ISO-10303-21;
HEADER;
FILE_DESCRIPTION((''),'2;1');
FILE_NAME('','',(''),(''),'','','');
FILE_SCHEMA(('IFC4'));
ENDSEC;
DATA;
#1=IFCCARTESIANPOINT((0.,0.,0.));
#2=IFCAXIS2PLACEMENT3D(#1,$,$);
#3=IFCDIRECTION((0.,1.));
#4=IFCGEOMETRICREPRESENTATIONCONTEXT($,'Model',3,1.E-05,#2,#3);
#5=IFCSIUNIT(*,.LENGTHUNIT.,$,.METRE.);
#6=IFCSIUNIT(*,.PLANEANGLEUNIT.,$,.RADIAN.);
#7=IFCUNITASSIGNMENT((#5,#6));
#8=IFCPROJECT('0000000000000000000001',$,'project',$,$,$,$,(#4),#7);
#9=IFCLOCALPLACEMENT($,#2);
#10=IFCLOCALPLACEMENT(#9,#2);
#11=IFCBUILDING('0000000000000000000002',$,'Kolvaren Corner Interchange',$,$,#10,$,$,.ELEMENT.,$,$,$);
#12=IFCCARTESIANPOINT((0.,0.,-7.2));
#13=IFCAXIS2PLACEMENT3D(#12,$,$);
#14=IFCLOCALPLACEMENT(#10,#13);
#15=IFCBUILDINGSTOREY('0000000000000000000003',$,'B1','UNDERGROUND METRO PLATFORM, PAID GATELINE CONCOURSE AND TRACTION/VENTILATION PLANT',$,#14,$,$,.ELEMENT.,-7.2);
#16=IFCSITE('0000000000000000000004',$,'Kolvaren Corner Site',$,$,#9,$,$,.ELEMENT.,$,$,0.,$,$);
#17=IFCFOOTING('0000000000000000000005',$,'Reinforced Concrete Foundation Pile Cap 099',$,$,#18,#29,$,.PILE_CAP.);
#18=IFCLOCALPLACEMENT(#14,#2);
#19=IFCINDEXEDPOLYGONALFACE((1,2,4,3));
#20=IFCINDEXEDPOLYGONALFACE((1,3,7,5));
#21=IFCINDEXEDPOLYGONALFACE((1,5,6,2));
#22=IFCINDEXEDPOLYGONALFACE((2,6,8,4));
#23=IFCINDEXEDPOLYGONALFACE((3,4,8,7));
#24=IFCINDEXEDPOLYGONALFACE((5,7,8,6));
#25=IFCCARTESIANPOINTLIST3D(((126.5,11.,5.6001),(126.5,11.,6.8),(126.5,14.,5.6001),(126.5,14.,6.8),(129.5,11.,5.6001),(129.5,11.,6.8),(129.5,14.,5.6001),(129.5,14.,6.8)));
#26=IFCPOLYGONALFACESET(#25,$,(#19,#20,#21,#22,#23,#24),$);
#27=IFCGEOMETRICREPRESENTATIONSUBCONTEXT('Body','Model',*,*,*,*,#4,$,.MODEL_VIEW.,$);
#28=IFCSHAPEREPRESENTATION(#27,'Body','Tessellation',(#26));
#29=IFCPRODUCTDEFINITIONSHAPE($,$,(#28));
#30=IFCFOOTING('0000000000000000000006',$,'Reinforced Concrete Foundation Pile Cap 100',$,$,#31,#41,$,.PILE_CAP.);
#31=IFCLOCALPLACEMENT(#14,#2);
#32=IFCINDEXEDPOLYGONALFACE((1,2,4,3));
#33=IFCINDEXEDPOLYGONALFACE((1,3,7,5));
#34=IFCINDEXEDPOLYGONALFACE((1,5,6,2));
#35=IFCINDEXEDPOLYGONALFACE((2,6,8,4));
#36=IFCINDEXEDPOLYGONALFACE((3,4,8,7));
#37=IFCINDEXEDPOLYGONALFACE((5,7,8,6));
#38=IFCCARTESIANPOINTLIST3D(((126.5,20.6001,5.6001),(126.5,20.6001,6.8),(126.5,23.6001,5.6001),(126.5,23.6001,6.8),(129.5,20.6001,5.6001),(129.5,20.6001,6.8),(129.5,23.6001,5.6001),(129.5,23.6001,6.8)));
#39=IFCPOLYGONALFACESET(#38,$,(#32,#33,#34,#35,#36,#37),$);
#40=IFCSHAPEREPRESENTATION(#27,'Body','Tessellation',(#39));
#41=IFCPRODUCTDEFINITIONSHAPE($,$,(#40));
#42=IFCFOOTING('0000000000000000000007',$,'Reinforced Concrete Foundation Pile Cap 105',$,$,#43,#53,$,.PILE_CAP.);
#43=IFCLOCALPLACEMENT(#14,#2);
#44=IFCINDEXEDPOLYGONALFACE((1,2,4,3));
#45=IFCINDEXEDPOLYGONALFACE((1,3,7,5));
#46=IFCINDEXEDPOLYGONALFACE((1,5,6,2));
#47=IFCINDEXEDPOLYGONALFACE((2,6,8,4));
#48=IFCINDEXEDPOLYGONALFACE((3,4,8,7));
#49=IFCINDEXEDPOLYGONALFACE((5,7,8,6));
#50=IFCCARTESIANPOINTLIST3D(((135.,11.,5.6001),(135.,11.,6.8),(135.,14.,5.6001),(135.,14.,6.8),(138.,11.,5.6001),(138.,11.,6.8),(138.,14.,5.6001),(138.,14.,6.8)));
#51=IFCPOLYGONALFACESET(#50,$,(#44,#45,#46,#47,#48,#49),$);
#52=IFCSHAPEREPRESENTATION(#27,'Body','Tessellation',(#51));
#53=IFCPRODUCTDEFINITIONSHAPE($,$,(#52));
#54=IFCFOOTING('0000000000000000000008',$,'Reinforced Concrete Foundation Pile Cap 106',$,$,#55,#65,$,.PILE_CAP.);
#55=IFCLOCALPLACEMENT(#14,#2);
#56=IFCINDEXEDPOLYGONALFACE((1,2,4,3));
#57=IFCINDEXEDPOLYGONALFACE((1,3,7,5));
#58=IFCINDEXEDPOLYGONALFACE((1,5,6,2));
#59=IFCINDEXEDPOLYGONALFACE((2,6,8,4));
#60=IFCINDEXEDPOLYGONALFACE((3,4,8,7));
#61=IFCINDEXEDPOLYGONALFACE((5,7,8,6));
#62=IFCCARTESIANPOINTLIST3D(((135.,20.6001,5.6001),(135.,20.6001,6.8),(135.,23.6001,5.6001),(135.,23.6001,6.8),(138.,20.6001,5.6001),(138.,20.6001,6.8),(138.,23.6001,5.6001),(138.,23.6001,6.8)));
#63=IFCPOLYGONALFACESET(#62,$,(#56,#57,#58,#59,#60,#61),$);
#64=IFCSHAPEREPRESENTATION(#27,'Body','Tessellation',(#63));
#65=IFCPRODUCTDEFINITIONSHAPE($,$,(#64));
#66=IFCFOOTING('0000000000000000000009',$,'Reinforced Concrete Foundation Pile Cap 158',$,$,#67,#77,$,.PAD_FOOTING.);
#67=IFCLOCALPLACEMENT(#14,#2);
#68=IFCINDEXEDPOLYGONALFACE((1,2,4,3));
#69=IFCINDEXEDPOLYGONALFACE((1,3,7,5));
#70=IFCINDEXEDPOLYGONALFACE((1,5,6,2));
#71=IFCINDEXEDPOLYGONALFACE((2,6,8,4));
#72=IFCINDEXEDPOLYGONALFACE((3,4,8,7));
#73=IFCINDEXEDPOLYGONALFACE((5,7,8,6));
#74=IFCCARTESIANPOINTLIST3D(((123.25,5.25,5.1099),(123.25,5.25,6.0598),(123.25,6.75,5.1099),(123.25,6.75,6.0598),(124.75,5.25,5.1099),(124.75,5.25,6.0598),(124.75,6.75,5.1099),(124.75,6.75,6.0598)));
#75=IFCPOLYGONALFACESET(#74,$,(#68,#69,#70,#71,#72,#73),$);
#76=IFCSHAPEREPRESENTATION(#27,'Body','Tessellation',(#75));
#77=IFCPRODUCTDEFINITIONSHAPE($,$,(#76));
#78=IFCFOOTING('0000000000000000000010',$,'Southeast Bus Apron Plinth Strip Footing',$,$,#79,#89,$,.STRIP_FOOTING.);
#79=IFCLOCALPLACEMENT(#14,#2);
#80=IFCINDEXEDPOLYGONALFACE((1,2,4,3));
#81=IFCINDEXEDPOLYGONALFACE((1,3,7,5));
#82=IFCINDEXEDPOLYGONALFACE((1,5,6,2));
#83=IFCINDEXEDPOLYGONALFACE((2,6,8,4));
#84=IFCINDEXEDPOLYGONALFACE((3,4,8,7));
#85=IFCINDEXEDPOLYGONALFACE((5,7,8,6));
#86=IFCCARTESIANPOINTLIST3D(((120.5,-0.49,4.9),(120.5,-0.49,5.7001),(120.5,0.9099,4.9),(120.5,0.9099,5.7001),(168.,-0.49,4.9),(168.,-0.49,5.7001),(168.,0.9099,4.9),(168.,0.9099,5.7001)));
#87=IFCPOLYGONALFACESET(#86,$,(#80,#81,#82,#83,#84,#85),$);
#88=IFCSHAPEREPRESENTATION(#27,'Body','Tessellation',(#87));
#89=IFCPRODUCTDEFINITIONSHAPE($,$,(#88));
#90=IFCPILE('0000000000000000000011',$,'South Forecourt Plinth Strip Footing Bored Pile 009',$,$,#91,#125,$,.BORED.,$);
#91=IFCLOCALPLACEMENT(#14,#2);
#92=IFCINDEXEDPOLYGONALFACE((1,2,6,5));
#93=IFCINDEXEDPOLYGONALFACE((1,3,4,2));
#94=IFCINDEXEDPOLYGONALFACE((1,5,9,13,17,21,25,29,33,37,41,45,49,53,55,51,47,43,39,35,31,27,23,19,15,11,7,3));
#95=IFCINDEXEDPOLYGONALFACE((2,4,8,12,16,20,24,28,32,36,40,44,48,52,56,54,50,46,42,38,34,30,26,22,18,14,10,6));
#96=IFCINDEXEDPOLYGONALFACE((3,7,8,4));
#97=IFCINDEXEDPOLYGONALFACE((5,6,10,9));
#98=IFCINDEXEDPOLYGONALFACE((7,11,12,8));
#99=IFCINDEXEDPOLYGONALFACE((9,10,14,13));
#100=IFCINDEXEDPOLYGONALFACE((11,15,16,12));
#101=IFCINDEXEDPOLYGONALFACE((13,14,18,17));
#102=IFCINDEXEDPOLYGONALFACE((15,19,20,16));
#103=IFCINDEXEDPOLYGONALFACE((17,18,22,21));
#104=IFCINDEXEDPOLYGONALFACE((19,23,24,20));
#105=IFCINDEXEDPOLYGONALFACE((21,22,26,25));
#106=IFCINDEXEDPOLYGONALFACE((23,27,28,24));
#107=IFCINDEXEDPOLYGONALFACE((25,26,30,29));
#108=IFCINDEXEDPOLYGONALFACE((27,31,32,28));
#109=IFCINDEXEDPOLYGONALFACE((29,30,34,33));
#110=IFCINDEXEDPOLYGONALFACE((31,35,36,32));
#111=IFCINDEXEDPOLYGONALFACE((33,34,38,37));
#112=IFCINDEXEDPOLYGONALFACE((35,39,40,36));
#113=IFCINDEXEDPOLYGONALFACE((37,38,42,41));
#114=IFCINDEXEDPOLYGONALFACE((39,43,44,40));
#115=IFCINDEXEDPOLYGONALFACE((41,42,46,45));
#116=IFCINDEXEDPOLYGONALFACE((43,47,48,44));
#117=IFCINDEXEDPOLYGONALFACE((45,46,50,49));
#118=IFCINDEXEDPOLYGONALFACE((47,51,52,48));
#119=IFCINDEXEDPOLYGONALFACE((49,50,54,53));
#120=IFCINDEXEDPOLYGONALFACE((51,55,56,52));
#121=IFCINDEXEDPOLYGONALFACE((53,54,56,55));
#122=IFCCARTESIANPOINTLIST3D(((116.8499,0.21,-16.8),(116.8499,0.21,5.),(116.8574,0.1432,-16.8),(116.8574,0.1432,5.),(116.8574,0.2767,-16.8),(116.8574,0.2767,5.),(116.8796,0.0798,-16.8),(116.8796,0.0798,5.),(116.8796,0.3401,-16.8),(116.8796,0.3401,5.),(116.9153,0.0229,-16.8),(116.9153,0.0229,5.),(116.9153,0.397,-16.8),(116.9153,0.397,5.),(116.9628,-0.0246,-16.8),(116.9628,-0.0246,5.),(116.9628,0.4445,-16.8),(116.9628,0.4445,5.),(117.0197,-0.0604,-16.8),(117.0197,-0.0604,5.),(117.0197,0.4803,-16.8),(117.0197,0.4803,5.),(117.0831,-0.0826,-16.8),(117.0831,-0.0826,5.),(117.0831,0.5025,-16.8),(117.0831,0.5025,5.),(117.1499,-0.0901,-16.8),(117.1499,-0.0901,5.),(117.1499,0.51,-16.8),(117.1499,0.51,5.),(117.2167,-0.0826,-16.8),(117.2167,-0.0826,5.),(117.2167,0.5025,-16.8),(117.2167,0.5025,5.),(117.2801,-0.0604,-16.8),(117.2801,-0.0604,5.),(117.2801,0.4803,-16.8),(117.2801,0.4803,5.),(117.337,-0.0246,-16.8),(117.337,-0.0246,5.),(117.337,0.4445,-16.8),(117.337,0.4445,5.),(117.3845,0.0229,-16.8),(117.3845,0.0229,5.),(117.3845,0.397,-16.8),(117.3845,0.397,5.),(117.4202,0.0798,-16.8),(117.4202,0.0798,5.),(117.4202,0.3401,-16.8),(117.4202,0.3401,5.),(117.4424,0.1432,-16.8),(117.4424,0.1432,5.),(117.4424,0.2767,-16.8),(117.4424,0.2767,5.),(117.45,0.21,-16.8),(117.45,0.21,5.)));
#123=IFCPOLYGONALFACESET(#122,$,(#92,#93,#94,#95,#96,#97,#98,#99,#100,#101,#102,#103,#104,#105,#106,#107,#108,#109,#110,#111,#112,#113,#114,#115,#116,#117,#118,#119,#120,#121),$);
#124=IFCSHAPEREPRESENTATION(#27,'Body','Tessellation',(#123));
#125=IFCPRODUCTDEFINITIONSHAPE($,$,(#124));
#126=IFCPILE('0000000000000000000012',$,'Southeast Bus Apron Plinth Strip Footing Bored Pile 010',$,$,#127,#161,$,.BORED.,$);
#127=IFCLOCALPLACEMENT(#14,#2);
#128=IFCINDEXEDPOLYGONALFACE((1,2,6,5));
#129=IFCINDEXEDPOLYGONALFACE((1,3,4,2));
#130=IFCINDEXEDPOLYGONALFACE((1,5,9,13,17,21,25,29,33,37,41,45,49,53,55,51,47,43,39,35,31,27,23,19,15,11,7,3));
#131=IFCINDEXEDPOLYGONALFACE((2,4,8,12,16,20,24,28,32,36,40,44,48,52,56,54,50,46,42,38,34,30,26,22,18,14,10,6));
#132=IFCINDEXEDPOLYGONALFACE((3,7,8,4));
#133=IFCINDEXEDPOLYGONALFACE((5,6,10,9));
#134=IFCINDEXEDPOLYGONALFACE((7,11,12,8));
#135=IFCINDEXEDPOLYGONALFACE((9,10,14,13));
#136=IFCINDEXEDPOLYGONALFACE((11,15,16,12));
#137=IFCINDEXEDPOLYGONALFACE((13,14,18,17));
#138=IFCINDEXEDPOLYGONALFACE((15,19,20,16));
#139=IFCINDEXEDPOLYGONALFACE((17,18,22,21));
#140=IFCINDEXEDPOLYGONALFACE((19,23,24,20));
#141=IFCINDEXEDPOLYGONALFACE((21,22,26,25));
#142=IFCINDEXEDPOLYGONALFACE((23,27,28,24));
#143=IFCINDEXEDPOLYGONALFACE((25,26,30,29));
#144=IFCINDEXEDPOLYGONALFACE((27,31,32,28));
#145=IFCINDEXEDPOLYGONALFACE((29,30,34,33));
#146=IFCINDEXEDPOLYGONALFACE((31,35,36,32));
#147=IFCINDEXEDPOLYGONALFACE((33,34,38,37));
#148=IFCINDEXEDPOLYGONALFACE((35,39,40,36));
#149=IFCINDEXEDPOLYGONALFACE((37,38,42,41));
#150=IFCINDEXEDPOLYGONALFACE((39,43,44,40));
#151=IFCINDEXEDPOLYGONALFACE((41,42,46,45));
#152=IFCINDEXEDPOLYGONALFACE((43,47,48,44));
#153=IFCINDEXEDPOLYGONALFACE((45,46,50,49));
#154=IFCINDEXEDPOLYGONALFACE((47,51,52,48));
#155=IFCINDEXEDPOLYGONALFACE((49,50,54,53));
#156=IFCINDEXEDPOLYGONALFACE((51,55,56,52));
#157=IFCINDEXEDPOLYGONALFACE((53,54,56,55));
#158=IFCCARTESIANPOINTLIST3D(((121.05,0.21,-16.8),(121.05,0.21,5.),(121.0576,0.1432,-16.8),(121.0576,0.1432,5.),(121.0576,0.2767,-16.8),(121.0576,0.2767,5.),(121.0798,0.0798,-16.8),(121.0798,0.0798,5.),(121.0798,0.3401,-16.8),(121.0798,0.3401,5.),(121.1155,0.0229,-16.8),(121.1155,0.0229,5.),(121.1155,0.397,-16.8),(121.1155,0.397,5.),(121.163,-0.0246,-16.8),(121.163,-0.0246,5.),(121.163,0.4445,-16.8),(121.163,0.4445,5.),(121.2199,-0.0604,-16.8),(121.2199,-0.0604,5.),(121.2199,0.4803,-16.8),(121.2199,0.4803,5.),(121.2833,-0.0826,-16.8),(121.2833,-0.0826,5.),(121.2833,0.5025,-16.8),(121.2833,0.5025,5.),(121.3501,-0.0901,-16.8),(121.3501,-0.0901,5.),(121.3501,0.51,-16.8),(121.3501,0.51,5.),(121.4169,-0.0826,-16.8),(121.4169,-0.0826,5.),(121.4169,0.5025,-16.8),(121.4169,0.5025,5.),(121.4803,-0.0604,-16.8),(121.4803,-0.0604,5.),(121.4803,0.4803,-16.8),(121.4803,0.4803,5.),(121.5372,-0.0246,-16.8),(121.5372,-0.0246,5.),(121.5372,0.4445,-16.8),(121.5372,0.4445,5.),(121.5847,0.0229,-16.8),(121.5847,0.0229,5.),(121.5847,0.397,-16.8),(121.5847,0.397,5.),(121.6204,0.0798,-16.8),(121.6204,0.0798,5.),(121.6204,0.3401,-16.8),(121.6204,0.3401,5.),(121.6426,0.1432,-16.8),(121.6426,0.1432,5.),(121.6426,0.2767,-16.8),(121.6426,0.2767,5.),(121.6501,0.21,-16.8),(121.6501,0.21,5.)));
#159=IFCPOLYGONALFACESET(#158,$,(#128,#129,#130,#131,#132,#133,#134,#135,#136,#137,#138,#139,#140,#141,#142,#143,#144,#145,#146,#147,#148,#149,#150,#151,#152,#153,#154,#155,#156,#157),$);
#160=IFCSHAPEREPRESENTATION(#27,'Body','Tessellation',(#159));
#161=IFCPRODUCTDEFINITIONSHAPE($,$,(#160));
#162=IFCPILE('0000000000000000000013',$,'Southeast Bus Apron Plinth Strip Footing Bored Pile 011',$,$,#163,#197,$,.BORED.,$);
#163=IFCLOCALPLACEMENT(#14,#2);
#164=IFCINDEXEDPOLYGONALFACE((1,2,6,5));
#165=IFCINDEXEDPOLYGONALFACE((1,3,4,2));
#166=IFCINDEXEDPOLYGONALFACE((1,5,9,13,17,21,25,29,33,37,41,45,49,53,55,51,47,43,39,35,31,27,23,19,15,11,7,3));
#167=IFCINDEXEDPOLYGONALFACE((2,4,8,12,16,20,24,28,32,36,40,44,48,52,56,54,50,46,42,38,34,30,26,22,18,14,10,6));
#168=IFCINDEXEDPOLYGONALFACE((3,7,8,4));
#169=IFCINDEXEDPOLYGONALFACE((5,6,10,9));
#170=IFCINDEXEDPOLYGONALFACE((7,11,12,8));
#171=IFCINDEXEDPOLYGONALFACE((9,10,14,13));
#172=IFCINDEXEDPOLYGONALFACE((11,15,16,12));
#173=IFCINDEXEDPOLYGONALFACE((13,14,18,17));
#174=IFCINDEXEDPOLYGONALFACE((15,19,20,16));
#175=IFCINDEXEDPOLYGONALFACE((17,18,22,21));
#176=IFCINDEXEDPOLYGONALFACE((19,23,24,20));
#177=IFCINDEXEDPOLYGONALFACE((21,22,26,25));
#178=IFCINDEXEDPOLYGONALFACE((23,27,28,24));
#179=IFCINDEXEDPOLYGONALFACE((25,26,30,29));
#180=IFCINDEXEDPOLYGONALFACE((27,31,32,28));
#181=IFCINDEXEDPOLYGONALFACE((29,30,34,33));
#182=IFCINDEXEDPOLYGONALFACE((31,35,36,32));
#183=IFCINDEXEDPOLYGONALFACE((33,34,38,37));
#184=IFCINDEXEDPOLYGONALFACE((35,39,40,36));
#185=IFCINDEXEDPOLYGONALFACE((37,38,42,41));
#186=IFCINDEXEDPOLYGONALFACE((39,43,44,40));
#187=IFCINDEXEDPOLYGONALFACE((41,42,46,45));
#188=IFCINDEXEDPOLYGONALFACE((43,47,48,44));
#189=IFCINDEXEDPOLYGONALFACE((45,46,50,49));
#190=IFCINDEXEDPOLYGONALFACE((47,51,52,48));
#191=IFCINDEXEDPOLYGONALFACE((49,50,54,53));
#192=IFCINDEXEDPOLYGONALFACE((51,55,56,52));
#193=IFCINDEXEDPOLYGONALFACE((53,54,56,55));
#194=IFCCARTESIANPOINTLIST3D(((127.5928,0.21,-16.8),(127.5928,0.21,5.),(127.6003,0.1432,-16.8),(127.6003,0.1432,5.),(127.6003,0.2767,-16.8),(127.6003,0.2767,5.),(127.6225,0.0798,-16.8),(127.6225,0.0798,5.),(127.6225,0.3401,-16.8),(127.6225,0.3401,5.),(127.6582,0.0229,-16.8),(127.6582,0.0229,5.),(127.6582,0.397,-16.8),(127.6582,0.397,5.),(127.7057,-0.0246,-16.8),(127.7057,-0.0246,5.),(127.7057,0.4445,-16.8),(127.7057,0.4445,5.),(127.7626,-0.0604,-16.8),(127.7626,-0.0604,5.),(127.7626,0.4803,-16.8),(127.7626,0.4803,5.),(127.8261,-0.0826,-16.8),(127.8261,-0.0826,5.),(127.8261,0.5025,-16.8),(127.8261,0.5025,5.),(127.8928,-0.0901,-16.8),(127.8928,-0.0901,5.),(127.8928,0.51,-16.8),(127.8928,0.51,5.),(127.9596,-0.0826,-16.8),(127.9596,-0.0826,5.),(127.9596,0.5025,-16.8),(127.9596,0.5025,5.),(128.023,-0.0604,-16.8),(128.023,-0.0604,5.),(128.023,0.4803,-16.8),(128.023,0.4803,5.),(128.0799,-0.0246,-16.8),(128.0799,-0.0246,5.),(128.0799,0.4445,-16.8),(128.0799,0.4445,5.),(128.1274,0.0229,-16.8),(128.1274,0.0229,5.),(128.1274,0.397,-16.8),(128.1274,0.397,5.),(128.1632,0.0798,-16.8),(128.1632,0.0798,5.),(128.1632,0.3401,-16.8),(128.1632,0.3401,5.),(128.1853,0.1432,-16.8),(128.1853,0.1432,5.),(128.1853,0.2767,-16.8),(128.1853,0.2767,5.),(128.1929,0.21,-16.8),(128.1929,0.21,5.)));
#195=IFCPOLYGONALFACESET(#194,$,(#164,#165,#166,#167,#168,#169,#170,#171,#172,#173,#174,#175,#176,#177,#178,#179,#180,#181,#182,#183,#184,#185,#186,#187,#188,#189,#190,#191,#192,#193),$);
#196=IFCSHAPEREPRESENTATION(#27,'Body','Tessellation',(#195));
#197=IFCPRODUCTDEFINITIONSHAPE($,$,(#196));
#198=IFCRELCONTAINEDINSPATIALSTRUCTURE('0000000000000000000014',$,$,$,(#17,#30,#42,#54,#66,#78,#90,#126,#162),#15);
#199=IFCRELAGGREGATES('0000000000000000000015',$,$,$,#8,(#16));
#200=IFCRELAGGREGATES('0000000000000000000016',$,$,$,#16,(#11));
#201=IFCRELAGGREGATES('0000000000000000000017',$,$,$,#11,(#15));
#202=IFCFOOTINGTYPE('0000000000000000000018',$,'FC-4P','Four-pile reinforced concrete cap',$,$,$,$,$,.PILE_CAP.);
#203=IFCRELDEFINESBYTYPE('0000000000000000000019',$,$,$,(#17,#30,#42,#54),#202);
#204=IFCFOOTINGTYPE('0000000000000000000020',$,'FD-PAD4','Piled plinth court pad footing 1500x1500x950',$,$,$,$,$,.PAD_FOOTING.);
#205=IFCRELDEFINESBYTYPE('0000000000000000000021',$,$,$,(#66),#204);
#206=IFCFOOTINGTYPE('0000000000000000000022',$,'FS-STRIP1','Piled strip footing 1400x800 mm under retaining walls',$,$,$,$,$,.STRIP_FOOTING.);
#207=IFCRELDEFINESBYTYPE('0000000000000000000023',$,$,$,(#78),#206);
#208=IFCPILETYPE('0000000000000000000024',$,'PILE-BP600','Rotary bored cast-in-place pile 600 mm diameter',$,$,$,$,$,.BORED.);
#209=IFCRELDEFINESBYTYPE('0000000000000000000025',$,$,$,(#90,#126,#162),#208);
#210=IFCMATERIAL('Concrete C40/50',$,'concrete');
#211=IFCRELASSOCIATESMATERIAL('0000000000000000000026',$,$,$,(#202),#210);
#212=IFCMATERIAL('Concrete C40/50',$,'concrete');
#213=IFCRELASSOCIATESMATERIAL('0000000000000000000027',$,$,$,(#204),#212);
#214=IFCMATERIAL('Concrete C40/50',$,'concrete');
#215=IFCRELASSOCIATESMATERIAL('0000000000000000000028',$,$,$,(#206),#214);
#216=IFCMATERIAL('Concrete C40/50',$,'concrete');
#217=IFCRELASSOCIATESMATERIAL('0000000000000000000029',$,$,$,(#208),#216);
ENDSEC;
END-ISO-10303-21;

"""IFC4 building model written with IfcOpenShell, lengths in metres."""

from ifc_helpers import new_model, si_unit, direction, frame, origin, origin_2d, place, context, subcontext, project, spatial, rectangle, circle, extrude, material, material_profile, profile_set, type_object, element, save


model = new_model("IFC4")

# Units and contexts
model_context = context("Model", 3, precision=1e-05, world=origin(), true_north=direction((0.0, 1.0)))
body_context = subcontext(model_context, "Body", "Model", "MODEL_VIEW")
ifc_project = project(units=[si_unit("LENGTHUNIT", "METRE"), si_unit("PLANEANGLEUNIT", "RADIAN")], contexts=[model_context])

# Site, building, storey
site_placement = place(None, origin())
site = spatial("IfcSite", under=ifc_project, at=site_placement, Name="Kolvaren Corner Site", CompositionType="ELEMENT", RefElevation=0.0)
building_placement = place(site_placement, origin())
building = spatial("IfcBuilding", under=site, at=building_placement, Name="Kolvaren Corner Interchange", CompositionType="ELEMENT")
storey_placement = place(building_placement, frame((0.0, 0.0, -7.2)))
storey = spatial("IfcBuildingStorey", under=building, at=storey_placement, Name="B1", Description="UNDERGROUND METRO PLATFORM, PAID GATELINE CONCOURSE AND TRACTION/VENTILATION PLANT", CompositionType="ELEMENT", Elevation=-7.2)

# Footings
ifc_material_1 = material(Name="Concrete C40/50", Category="concrete")
footing_type_1 = type_object("IfcFootingType", Name="FC-4P", Description="Four-pile reinforced concrete cap", PredefinedType="PILE_CAP", material=ifc_material_1)
for number, where, z_axis, x_axis, name in (
    (1, (128.0, 12.5, 5.6001), (0.0, 0.0, 1.0), (1.0, 0.0, 0.0), "Reinforced Concrete Foundation Pile Cap 099"),
    (2, (128.0, 22.1001, 5.6001), (0.0, 0.0, 1.0), (1.0, 0.0, 0.0), "Reinforced Concrete Foundation Pile Cap 100"),
    (3, (136.5, 12.5, 5.6001), (0.0, 0.0, 1.0), (1.0, 0.0, 0.0), "Reinforced Concrete Foundation Pile Cap 105"),
    (4, (136.5, 22.1001, 5.6001), (0.0, 0.0, 1.0), (1.0, 0.0, 0.0), "Reinforced Concrete Foundation Pile Cap 106"),
):
    element("IfcFooting", number, at=place(storey_placement, frame(where, z_axis=z_axis, x_axis=x_axis)), inside=storey, type_object=footing_type_1, Name=name, PredefinedType="PILE_CAP", context=body_context, shape_type="SweptSolid", body=[
        extrude(rectangle(XDim=3.0, YDim=3.0, at=origin_2d()), origin(), (0.0, 0.0, 1.0), 1.2),
    ])
ifc_material_2 = material(Name="Concrete C40/50", Category="concrete")
footing_type_2 = type_object("IfcFootingType", Name="FD-PAD4", Description="Piled plinth court pad footing 1500x1500x950", PredefinedType="PAD_FOOTING", material=ifc_material_2)
footing_1_placement = place(storey_placement, frame((124.0, 6.0, 5.1099), z_axis=(0.0, 0.0, 1.0), x_axis=(1.0, 0.0, 0.0)))
element("IfcFooting", 5, at=footing_1_placement, inside=storey, type_object=footing_type_2, Name="Reinforced Concrete Foundation Pile Cap 158", PredefinedType="PAD_FOOTING", context=body_context, shape_type="SweptSolid", body=[
    extrude(rectangle(XDim=1.5, YDim=1.5, at=origin_2d()), origin(), (0.0, 0.0, 1.0), 0.95),
])
ifc_material_3 = material(Name="Concrete C40/50", Category="concrete")
ifc_material_profile_1 = material_profile(ifc_material_3, rectangle(XDim=1.3999, YDim=0.8, at=origin_2d()), Name="STRIP 1400x800")
ifc_profile_set_1 = profile_set([ifc_material_profile_1], Name="Concrete C40/50")
footing_type_3 = type_object("IfcFootingType", Name="FS-STRIP1", Description="Piled strip footing 1400x800 mm under retaining walls", PredefinedType="STRIP_FOOTING", material=ifc_profile_set_1)
footing_2_placement = place(storey_placement, frame((120.5, 0.21, 5.3), z_axis=(1.0, 0.0, 0.0), x_axis=(0.0, 1.0, 0.0)))
element("IfcFooting", 6, at=footing_2_placement, inside=storey, type_object=footing_type_3, Name="Southeast Bus Apron Plinth Strip Footing", PredefinedType="STRIP_FOOTING", context=body_context, shape_type="SweptSolid", body=[
    extrude(rectangle(XDim=1.3999, YDim=0.8, at=origin_2d()), origin(), (0.0, 0.0, 1.0), 47.5),
])

# Piles
ifc_material_4 = material(Name="Concrete C40/50", Category="concrete")
ifc_material_profile_2 = material_profile(ifc_material_4, circle(Radius=0.3, at=origin_2d()), Name="BORED PILE 600")
ifc_profile_set_2 = profile_set([ifc_material_profile_2], Name="Concrete C40/50")
pile_type_1 = type_object("IfcPileType", Name="PILE-BP600", Description="Rotary bored cast-in-place pile 600 mm diameter", PredefinedType="BORED", material=ifc_profile_set_2)
for number, where, z_axis, x_axis, name in (
    (7, (117.1499, 0.21, 5.0), (0.0, 0.0, -1.0), (1.0, 0.0, 0.0), "South Forecourt Plinth Strip Footing Bored Pile 009"),
    (8, (121.3501, 0.21, 5.0), (0.0, 0.0, -1.0), (1.0, 0.0, 0.0), "Southeast Bus Apron Plinth Strip Footing Bored Pile 010"),
    (9, (127.8928, 0.21, 5.0), (0.0, 0.0, -1.0), (1.0, 0.0, 0.0), "Southeast Bus Apron Plinth Strip Footing Bored Pile 011"),
):
    element("IfcPile", number, at=place(storey_placement, frame(where, z_axis=z_axis, x_axis=x_axis)), inside=storey, type_object=pile_type_1, Name=name, PredefinedType="BORED", context=body_context, shape_type="SweptSolid", body=[
        extrude(circle(Radius=0.3, at=origin_2d()), origin(), (0.0, 0.0, 1.0), 21.8),
    ])

save(model, "model.ifc")
